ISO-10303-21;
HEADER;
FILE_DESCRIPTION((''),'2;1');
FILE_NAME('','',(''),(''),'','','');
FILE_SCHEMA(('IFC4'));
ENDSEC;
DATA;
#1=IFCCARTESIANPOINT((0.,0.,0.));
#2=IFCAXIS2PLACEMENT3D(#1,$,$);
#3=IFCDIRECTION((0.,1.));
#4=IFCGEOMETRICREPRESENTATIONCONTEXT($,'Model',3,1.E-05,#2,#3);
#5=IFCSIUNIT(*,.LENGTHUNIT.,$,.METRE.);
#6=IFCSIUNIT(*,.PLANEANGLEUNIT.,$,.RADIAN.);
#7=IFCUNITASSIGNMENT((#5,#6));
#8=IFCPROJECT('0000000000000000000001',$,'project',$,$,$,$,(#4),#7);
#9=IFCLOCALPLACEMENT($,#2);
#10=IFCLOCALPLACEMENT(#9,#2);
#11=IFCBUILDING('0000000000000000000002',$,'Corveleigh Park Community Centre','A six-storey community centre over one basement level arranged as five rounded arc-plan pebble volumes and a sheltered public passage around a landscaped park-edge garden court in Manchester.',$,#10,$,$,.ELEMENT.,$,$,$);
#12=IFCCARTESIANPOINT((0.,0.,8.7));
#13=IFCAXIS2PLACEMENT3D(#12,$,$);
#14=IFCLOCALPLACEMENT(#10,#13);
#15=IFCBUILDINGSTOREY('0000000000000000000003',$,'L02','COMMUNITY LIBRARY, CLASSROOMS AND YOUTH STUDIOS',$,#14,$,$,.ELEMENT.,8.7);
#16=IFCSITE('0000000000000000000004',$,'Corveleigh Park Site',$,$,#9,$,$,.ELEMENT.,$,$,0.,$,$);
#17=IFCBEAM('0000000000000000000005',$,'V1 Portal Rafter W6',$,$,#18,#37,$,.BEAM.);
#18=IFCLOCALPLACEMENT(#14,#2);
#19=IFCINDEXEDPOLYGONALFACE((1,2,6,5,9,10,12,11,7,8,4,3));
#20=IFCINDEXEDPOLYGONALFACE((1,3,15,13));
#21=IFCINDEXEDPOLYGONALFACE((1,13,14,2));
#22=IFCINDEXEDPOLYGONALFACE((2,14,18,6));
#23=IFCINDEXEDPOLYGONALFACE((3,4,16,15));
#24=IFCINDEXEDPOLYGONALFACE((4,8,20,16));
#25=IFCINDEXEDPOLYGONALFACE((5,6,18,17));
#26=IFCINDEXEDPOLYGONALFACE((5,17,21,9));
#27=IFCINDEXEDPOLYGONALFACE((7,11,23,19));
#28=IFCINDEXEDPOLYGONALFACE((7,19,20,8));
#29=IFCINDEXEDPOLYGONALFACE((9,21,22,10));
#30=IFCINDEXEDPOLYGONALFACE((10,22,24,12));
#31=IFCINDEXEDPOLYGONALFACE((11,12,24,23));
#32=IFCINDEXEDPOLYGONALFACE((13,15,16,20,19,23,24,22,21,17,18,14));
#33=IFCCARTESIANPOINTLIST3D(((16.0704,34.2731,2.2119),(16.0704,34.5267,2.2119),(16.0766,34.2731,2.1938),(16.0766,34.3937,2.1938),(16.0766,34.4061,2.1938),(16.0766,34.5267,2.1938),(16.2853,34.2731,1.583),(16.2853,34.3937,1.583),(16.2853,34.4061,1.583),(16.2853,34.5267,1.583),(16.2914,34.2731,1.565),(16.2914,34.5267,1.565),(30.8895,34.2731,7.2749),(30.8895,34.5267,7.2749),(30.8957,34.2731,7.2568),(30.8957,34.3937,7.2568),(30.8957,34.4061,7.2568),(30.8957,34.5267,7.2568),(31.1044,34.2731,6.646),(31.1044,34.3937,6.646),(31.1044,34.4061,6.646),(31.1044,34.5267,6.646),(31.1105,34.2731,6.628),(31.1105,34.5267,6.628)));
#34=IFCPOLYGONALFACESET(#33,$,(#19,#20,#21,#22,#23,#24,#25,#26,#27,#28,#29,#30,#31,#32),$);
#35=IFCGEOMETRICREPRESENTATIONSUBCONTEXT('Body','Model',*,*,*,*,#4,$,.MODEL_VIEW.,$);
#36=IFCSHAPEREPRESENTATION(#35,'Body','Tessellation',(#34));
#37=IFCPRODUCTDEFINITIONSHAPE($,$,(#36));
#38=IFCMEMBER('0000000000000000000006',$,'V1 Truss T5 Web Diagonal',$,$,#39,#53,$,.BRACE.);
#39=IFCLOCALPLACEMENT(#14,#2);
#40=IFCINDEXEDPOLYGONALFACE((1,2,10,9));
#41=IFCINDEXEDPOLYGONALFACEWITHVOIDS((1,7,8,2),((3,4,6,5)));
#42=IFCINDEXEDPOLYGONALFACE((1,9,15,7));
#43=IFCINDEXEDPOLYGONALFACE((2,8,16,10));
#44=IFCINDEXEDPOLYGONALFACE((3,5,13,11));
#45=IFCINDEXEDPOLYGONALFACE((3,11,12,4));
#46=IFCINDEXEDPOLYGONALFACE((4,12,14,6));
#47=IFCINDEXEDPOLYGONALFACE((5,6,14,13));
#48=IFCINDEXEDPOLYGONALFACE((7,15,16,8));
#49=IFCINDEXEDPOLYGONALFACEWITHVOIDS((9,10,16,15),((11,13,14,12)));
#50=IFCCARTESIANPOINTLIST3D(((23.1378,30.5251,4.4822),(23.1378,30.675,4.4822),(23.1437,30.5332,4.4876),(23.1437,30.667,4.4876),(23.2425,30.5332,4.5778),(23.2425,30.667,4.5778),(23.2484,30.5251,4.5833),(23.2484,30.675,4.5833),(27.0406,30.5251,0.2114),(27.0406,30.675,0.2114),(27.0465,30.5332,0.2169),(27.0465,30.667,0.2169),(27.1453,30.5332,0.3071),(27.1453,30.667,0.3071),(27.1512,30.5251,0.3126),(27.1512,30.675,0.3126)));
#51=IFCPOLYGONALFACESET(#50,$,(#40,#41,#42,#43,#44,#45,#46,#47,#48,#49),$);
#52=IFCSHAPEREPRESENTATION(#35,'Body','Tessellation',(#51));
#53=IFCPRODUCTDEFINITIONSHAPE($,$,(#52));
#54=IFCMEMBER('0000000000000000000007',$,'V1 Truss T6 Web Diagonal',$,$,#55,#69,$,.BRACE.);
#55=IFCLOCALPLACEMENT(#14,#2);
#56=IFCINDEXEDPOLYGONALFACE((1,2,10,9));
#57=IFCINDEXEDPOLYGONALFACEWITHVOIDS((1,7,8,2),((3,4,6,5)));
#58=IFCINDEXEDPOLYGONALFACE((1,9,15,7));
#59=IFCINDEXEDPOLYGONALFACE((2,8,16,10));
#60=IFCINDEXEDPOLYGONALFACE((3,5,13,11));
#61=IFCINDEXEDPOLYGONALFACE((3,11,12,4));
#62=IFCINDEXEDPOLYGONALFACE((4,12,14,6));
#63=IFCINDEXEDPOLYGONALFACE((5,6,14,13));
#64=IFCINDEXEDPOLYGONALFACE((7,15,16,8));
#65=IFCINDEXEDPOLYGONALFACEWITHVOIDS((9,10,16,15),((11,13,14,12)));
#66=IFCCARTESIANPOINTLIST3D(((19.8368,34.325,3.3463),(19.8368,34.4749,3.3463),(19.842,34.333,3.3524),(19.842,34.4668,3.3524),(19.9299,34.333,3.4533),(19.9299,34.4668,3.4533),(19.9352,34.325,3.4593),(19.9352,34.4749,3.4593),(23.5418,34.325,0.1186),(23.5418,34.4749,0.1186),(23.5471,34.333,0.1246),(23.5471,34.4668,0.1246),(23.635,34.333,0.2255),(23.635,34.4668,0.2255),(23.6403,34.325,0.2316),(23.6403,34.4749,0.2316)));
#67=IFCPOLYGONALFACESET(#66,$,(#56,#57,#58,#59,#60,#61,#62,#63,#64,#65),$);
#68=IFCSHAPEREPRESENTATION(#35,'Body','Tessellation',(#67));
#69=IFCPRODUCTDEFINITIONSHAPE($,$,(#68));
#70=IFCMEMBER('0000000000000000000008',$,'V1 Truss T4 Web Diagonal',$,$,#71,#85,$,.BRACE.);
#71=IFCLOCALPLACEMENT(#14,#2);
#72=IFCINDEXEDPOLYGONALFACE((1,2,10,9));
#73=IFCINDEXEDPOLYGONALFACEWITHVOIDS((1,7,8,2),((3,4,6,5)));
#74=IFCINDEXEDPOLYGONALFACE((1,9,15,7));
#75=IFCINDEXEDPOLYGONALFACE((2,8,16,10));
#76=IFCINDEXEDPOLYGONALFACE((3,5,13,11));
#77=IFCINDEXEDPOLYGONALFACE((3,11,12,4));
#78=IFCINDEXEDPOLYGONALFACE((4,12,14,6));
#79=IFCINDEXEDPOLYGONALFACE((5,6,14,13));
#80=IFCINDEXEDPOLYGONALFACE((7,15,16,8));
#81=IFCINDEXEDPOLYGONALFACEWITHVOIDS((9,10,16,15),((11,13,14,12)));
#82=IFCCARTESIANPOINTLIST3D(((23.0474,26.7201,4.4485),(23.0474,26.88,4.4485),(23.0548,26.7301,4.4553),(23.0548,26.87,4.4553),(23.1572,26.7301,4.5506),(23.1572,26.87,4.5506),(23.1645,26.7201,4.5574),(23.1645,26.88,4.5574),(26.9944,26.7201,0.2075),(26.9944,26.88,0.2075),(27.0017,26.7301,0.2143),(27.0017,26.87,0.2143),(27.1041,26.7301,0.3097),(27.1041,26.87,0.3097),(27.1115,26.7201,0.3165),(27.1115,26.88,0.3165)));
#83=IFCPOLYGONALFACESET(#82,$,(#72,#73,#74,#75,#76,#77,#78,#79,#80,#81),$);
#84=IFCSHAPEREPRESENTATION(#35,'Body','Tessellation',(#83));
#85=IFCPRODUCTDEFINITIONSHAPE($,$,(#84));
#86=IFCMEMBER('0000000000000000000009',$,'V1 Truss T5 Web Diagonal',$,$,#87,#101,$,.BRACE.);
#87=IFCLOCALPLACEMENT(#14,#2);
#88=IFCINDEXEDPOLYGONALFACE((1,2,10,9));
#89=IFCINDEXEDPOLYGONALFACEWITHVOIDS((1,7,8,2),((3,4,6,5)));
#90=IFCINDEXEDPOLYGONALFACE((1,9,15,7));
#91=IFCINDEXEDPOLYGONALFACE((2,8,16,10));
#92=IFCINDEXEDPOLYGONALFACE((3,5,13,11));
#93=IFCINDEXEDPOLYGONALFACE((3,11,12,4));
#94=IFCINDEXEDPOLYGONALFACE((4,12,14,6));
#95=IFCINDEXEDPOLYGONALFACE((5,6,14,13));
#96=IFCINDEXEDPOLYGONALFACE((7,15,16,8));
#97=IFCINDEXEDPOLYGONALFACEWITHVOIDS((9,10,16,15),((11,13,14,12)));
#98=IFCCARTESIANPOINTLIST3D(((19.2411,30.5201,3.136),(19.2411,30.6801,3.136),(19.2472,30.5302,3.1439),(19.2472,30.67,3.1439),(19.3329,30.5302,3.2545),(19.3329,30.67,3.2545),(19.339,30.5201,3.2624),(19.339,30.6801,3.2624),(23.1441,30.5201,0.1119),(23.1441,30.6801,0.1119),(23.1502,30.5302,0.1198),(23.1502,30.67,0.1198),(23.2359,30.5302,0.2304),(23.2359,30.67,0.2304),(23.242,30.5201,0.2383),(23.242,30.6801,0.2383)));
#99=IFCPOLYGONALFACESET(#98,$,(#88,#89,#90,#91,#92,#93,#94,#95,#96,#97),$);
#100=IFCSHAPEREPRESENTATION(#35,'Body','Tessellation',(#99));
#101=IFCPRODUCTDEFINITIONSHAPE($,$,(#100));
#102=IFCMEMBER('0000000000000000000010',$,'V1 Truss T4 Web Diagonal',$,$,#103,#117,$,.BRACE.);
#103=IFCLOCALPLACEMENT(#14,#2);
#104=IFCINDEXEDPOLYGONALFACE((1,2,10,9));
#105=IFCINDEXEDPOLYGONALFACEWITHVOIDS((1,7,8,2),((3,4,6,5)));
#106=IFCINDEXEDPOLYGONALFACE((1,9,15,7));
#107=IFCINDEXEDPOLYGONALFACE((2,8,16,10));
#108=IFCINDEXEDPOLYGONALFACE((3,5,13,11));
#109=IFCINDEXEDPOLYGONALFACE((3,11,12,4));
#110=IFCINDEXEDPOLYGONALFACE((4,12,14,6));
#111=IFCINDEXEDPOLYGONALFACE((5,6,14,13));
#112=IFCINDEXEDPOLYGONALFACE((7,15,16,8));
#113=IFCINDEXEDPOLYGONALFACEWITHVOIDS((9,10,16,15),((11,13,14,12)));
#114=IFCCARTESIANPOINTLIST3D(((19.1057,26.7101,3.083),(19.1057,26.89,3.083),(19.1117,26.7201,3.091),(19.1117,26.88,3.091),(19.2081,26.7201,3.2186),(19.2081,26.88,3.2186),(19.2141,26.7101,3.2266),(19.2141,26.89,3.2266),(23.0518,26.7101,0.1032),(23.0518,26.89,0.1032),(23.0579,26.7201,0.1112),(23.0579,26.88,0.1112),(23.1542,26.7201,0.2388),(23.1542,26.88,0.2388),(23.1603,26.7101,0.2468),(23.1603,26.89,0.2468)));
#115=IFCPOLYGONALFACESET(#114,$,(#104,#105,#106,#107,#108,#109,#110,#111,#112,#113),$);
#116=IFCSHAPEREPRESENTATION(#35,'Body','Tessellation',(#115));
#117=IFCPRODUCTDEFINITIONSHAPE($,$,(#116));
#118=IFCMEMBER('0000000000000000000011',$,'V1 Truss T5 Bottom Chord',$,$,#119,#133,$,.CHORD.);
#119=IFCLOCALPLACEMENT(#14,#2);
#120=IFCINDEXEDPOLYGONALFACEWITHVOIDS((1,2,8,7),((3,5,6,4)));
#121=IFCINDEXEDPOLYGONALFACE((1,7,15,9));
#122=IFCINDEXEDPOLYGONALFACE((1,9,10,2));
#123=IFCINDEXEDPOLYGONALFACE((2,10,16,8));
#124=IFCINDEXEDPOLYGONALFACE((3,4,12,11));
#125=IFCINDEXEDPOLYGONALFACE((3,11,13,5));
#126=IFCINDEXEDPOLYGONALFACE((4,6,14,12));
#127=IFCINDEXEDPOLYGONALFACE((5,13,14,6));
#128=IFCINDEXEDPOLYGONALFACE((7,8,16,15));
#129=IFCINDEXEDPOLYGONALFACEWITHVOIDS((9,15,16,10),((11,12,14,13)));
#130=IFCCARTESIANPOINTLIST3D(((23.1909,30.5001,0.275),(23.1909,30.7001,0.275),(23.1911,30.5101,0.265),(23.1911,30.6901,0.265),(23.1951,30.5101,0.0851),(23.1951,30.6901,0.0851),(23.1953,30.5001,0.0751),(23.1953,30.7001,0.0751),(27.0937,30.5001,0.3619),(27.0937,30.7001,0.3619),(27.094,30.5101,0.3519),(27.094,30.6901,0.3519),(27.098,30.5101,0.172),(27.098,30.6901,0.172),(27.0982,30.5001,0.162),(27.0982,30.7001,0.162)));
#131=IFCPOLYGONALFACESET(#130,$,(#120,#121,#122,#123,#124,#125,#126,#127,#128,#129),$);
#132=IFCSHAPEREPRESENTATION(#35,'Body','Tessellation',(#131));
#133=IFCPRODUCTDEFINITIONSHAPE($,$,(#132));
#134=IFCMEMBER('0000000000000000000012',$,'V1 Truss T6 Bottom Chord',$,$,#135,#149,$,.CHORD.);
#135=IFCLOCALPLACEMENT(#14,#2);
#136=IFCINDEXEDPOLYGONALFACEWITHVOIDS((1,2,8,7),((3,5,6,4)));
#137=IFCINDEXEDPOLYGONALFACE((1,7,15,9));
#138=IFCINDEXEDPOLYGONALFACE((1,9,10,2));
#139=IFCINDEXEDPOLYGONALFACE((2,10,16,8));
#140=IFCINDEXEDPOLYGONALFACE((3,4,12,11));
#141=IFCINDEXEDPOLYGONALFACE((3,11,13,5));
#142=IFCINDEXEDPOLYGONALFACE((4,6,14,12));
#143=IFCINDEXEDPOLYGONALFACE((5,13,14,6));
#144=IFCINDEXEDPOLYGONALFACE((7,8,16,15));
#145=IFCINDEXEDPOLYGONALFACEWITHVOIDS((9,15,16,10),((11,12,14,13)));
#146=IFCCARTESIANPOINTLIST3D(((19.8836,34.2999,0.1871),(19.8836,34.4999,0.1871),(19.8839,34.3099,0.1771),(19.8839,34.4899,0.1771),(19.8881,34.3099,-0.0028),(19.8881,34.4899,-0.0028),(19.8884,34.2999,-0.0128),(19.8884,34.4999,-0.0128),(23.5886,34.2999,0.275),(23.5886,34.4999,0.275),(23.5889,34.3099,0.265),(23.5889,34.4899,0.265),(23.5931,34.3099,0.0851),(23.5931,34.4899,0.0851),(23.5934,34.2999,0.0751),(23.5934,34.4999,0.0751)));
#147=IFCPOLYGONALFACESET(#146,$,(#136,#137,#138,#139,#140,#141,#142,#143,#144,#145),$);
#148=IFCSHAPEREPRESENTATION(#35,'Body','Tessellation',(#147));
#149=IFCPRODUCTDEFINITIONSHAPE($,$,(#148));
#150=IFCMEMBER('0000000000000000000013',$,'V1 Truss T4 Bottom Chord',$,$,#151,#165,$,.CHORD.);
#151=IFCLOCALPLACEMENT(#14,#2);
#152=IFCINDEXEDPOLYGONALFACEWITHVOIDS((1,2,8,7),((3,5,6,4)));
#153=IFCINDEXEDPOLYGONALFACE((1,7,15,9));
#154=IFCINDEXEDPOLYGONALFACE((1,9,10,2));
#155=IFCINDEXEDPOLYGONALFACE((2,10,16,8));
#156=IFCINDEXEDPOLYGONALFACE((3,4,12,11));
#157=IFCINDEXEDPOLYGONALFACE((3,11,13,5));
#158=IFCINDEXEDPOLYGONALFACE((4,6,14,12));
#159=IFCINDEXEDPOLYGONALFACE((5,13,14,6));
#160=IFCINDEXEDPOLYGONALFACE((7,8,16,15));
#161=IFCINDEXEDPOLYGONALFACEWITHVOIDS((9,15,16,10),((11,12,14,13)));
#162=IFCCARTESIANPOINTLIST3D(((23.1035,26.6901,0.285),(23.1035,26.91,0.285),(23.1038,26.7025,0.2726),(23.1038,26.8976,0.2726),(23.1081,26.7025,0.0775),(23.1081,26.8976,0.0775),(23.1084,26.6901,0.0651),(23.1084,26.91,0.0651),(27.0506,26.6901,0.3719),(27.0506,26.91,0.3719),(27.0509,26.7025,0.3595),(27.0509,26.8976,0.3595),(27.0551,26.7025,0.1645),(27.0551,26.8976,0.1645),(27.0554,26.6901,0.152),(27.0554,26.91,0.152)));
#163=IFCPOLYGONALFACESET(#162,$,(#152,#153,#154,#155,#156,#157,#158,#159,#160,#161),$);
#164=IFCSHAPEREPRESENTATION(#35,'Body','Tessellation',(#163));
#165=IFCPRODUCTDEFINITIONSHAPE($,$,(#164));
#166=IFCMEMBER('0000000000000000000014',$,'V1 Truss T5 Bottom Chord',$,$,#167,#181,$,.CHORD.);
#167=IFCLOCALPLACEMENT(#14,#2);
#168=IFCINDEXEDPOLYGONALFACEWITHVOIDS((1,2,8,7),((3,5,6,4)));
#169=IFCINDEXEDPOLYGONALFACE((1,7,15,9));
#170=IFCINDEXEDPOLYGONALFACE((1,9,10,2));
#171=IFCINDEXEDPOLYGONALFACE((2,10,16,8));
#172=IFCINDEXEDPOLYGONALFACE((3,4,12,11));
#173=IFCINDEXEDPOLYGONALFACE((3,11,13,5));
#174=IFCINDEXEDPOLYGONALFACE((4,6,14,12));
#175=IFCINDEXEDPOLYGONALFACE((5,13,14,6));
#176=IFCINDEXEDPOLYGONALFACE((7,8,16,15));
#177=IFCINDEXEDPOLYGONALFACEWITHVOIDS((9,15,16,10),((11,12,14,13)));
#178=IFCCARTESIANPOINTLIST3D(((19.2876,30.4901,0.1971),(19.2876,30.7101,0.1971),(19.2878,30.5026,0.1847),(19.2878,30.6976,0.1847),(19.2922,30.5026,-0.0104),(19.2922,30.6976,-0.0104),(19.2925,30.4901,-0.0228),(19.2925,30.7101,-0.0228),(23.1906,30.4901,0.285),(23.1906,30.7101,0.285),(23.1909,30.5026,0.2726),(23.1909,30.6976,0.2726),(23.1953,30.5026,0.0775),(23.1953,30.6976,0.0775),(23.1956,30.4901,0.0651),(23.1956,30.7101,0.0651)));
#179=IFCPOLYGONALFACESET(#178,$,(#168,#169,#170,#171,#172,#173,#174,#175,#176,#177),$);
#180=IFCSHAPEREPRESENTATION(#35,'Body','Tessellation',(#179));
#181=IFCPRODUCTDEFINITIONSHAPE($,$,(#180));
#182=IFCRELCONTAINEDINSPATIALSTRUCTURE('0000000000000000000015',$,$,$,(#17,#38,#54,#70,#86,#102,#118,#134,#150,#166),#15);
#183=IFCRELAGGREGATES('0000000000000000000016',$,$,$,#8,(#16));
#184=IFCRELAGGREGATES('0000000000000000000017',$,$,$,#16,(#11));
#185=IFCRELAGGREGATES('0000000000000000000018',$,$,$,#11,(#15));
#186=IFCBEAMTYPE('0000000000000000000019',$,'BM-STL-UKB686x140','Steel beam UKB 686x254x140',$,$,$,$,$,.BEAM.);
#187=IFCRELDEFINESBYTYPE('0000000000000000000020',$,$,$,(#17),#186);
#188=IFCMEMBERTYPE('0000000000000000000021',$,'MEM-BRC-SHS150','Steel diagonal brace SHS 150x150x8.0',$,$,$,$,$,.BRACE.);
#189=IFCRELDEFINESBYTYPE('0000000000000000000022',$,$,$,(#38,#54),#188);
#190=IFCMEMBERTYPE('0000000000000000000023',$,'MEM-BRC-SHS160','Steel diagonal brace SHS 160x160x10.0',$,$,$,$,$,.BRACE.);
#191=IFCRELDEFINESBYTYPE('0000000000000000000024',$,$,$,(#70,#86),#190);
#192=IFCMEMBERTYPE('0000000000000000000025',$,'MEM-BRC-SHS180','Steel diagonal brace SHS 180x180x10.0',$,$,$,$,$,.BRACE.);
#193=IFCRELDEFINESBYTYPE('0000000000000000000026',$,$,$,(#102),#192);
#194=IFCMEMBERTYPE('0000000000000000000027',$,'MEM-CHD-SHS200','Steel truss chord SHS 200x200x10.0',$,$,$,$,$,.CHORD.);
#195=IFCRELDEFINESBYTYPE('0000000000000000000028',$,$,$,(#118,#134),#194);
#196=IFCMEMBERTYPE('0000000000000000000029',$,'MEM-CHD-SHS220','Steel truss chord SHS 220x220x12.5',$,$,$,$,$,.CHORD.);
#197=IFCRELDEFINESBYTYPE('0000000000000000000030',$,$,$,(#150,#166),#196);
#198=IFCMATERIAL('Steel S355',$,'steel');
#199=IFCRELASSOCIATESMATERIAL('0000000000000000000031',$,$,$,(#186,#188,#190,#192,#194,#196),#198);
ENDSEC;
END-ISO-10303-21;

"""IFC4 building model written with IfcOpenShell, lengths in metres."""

from ifc_helpers import new_model, si_unit, direction, frame, origin, origin_2d, place, context, subcontext, project, spatial, hollow_rectangle, i_section, extrude, material, material_profile, profile_set, type_object, element, save


model = new_model("IFC4")

# Units and contexts
model_context = context("Model", 3, precision=1e-05, world=origin(), true_north=direction((0.0, 1.0)))
body_context = subcontext(model_context, "Body", "Model", "MODEL_VIEW")
ifc_project = project(units=[si_unit("LENGTHUNIT", "METRE"), si_unit("PLANEANGLEUNIT", "RADIAN")], contexts=[model_context])

# Site, building, storey
site_placement = place(None, origin())
site = spatial("IfcSite", under=ifc_project, at=site_placement, Name="Corveleigh Park Site", CompositionType="ELEMENT", RefElevation=0.0)
building_placement = place(site_placement, origin())
building = spatial("IfcBuilding", under=site, at=building_placement, Name="Corveleigh Park Community Centre", Description="A six-storey community centre over one basement level arranged as five rounded arc-plan pebble volumes and a sheltered public passage around a landscaped park-edge garden court in Manchester.", CompositionType="ELEMENT")
storey_placement = place(building_placement, frame((0.0, 0.0, 8.7)))
storey = spatial("IfcBuildingStorey", under=building, at=storey_placement, Name="L02", Description="COMMUNITY LIBRARY, CLASSROOMS AND YOUTH STUDIOS", CompositionType="ELEMENT", Elevation=8.7)

# Beam
ifc_material = material(Name="Steel S355", Category="steel")
ifc_material_profile_1 = material_profile(ifc_material, i_section(OverallWidth=0.2537, OverallDepth=0.6836, WebThickness=0.0125, FlangeThickness=0.019, at=origin_2d()), Name="UKB 686x254x140", Category="steel")
ifc_profile_set_1 = profile_set([ifc_material_profile_1], Name="Steel S355")
beam_type = type_object("IfcBeamType", Name="BM-STL-UKB686x140", Description="Steel beam UKB 686x254x140", PredefinedType="BEAM", material=ifc_profile_set_1)
beam_placement = place(storey_placement, frame((16.1809, 34.3999, 1.8884), z_axis=(0.946295, 0.0, 0.323305), x_axis=(0.0, 1.0, 0.0)))
element("IfcBeam", 1, at=beam_placement, inside=storey, type_object=beam_type, Name="V1 Portal Rafter W6", PredefinedType="BEAM", context=body_context, shape_type="SweptSolid", body=[
    extrude(i_section(OverallWidth=0.2537, OverallDepth=0.6836, WebThickness=0.0125, FlangeThickness=0.019, at=origin_2d()), origin(), (0.0, 0.0, 1.0), 15.6602),
])

# Members
ifc_material_profile_2 = material_profile(ifc_material, hollow_rectangle(XDim=0.1499, YDim=0.1499, WallThickness=0.0081, at=origin_2d()), Name="SHS 150x150x8.0", Category="steel")
ifc_profile_set_2 = profile_set([ifc_material_profile_2], Name="Steel S355")
member_type_1 = type_object("IfcMemberType", Name="MEM-BRC-SHS150", Description="Steel diagonal brace SHS 150x150x8.0", PredefinedType="BRACE", material=ifc_profile_set_2)
member_1_placement = place(storey_placement, frame((23.1931, 30.6001, 4.5327), z_axis=(0.674594, 0.0, -0.738189), x_axis=(0.0, 1.0, 0.0)))
element("IfcMember", 2, at=member_1_placement, inside=storey, type_object=member_type_1, Name="V1 Truss T5 Web Diagonal", PredefinedType="BRACE", context=body_context, shape_type="SweptSolid", body=[
    extrude(hollow_rectangle(XDim=0.1499, YDim=0.1499, WallThickness=0.0081, at=origin_2d()), origin(), (0.0, 0.0, 1.0), 5.7854),
])
member_2_placement = place(storey_placement, frame((19.886, 34.3999, 3.4028), z_axis=(0.754003, 0.0, -0.656871), x_axis=(0.0, 1.0, 0.0)))
element("IfcMember", 3, at=member_2_placement, inside=storey, type_object=member_type_1, Name="V1 Truss T6 Web Diagonal", PredefinedType="BRACE", context=body_context, shape_type="SweptSolid", body=[
    extrude(hollow_rectangle(XDim=0.1499, YDim=0.1499, WallThickness=0.0081, at=origin_2d()), origin(), (0.0, 0.0, 1.0), 4.9138),
])
ifc_material_profile_3 = material_profile(ifc_material, hollow_rectangle(XDim=0.1599, YDim=0.1599, WallThickness=0.01, at=origin_2d()), Name="SHS 160x160x10.0", Category="steel")
ifc_profile_set_3 = profile_set([ifc_material_profile_3], Name="Steel S355")
member_type_2 = type_object("IfcMemberType", Name="MEM-BRC-SHS160", Description="Steel diagonal brace SHS 160x160x10.0", PredefinedType="BRACE", material=ifc_profile_set_3)
member_3_placement = place(storey_placement, frame((23.106, 26.8, 4.5029), z_axis=(0.681283, 0.0, -0.73202), x_axis=(0.0, 1.0, 0.0)))
element("IfcMember", 4, at=member_3_placement, inside=storey, type_object=member_type_2, Name="V1 Truss T4 Web Diagonal", PredefinedType="BRACE", context=body_context, shape_type="SweptSolid", body=[
    extrude(hollow_rectangle(XDim=0.1599, YDim=0.1599, WallThickness=0.01, at=origin_2d()), origin(), (0.0, 0.0, 1.0), 5.7935),
])
member_4_placement = place(storey_placement, frame((19.29, 30.6001, 3.1992), z_axis=(0.790485, 0.0, -0.612481), x_axis=(0.0, 1.0, 0.0)))
element("IfcMember", 5, at=member_4_placement, inside=storey, type_object=member_type_2, Name="V1 Truss T5 Web Diagonal", PredefinedType="BRACE", context=body_context, shape_type="SweptSolid", body=[
    extrude(hollow_rectangle(XDim=0.1599, YDim=0.1599, WallThickness=0.01, at=origin_2d()), origin(), (0.0, 0.0, 1.0), 4.9375),
])
ifc_material_profile_4 = material_profile(ifc_material, hollow_rectangle(XDim=0.1799, YDim=0.1799, WallThickness=0.01, at=origin_2d()), Name="SHS 180x180x10.0", Category="steel")
ifc_profile_set_4 = profile_set([ifc_material_profile_4], Name="Steel S355")
member_type_3 = type_object("IfcMemberType", Name="MEM-BRC-SHS180", Description="Steel diagonal brace SHS 180x180x10.0", PredefinedType="BRACE", material=ifc_profile_set_4)
member_5_placement = place(storey_placement, frame((19.1599, 26.8, 3.1548), z_axis=(0.798035, 0.0, -0.602612), x_axis=(0.0, 1.0, 0.0)))
element("IfcMember", 6, at=member_5_placement, inside=storey, type_object=member_type_3, Name="V1 Truss T4 Web Diagonal", PredefinedType="BRACE", context=body_context, shape_type="SweptSolid", body=[
    extrude(hollow_rectangle(XDim=0.1799, YDim=0.1799, WallThickness=0.01, at=origin_2d()), origin(), (0.0, 0.0, 1.0), 4.9448),
])
ifc_material_profile_5 = material_profile(ifc_material, hollow_rectangle(XDim=0.2, YDim=0.2, WallThickness=0.01, at=origin_2d()), Name="SHS 200x200x10.0", Category="steel")
ifc_profile_set_5 = profile_set([ifc_material_profile_5], Name="Steel S355")
member_type_4 = type_object("IfcMemberType", Name="MEM-CHD-SHS200", Description="Steel truss chord SHS 200x200x10.0", PredefinedType="CHORD", material=ifc_profile_set_5)
member_6_placement = place(storey_placement, frame((23.1931, 30.6001, 0.175), z_axis=(0.999752, 0.0, 0.022264), x_axis=(0.0, 1.0, 0.0)))
element("IfcMember", 7, at=member_6_placement, inside=storey, type_object=member_type_4, Name="V1 Truss T5 Bottom Chord", PredefinedType="CHORD", context=body_context, shape_type="SweptSolid", body=[
    extrude(hollow_rectangle(XDim=0.2, YDim=0.2, WallThickness=0.01, at=origin_2d()), origin(), (0.0, 0.0, 1.0), 3.9038),
])
member_7_placement = place(storey_placement, frame((19.886, 34.3999, 0.0872), z_axis=(0.999719, 0.0, 0.023715), x_axis=(0.0, 1.0, 0.0)))
element("IfcMember", 8, at=member_7_placement, inside=storey, type_object=member_type_4, Name="V1 Truss T6 Bottom Chord", PredefinedType="CHORD", context=body_context, shape_type="SweptSolid", body=[
    extrude(hollow_rectangle(XDim=0.2, YDim=0.2, WallThickness=0.01, at=origin_2d()), origin(), (0.0, 0.0, 1.0), 3.7061),
])
ifc_material_profile_6 = material_profile(ifc_material, hollow_rectangle(XDim=0.22, YDim=0.22, WallThickness=0.0125, at=origin_2d()), Name="SHS 220x220x12.5", Category="steel")
ifc_profile_set_6 = profile_set([ifc_material_profile_6], Name="Steel S355")
member_type_5 = type_object("IfcMemberType", Name="MEM-CHD-SHS220", Description="Steel truss chord SHS 220x220x12.5", PredefinedType="CHORD", material=ifc_profile_set_6)
member_8_placement = place(storey_placement, frame((23.106, 26.8, 0.175), z_axis=(0.999758, 0.0, 0.022015), x_axis=(0.0, 1.0, 0.0)))
element("IfcMember", 9, at=member_8_placement, inside=storey, type_object=member_type_5, Name="V1 Truss T4 Bottom Chord", PredefinedType="CHORD", context=body_context, shape_type="SweptSolid", body=[
    extrude(hollow_rectangle(XDim=0.22, YDim=0.22, WallThickness=0.0125, at=origin_2d()), origin(), (0.0, 0.0, 1.0), 3.948),
])
member_9_placement = place(storey_placement, frame((19.29, 30.6001, 0.0872), z_axis=(0.999747, 0.0, 0.022513), x_axis=(0.0, 1.0, 0.0)))
element("IfcMember", 10, at=member_9_placement, inside=storey, type_object=member_type_5, Name="V1 Truss T5 Bottom Chord", PredefinedType="CHORD", context=body_context, shape_type="SweptSolid", body=[
    extrude(hollow_rectangle(XDim=0.22, YDim=0.22, WallThickness=0.0125, at=origin_2d()), origin(), (0.0, 0.0, 1.0), 3.9041),
])

save(model, "model.ifc")
